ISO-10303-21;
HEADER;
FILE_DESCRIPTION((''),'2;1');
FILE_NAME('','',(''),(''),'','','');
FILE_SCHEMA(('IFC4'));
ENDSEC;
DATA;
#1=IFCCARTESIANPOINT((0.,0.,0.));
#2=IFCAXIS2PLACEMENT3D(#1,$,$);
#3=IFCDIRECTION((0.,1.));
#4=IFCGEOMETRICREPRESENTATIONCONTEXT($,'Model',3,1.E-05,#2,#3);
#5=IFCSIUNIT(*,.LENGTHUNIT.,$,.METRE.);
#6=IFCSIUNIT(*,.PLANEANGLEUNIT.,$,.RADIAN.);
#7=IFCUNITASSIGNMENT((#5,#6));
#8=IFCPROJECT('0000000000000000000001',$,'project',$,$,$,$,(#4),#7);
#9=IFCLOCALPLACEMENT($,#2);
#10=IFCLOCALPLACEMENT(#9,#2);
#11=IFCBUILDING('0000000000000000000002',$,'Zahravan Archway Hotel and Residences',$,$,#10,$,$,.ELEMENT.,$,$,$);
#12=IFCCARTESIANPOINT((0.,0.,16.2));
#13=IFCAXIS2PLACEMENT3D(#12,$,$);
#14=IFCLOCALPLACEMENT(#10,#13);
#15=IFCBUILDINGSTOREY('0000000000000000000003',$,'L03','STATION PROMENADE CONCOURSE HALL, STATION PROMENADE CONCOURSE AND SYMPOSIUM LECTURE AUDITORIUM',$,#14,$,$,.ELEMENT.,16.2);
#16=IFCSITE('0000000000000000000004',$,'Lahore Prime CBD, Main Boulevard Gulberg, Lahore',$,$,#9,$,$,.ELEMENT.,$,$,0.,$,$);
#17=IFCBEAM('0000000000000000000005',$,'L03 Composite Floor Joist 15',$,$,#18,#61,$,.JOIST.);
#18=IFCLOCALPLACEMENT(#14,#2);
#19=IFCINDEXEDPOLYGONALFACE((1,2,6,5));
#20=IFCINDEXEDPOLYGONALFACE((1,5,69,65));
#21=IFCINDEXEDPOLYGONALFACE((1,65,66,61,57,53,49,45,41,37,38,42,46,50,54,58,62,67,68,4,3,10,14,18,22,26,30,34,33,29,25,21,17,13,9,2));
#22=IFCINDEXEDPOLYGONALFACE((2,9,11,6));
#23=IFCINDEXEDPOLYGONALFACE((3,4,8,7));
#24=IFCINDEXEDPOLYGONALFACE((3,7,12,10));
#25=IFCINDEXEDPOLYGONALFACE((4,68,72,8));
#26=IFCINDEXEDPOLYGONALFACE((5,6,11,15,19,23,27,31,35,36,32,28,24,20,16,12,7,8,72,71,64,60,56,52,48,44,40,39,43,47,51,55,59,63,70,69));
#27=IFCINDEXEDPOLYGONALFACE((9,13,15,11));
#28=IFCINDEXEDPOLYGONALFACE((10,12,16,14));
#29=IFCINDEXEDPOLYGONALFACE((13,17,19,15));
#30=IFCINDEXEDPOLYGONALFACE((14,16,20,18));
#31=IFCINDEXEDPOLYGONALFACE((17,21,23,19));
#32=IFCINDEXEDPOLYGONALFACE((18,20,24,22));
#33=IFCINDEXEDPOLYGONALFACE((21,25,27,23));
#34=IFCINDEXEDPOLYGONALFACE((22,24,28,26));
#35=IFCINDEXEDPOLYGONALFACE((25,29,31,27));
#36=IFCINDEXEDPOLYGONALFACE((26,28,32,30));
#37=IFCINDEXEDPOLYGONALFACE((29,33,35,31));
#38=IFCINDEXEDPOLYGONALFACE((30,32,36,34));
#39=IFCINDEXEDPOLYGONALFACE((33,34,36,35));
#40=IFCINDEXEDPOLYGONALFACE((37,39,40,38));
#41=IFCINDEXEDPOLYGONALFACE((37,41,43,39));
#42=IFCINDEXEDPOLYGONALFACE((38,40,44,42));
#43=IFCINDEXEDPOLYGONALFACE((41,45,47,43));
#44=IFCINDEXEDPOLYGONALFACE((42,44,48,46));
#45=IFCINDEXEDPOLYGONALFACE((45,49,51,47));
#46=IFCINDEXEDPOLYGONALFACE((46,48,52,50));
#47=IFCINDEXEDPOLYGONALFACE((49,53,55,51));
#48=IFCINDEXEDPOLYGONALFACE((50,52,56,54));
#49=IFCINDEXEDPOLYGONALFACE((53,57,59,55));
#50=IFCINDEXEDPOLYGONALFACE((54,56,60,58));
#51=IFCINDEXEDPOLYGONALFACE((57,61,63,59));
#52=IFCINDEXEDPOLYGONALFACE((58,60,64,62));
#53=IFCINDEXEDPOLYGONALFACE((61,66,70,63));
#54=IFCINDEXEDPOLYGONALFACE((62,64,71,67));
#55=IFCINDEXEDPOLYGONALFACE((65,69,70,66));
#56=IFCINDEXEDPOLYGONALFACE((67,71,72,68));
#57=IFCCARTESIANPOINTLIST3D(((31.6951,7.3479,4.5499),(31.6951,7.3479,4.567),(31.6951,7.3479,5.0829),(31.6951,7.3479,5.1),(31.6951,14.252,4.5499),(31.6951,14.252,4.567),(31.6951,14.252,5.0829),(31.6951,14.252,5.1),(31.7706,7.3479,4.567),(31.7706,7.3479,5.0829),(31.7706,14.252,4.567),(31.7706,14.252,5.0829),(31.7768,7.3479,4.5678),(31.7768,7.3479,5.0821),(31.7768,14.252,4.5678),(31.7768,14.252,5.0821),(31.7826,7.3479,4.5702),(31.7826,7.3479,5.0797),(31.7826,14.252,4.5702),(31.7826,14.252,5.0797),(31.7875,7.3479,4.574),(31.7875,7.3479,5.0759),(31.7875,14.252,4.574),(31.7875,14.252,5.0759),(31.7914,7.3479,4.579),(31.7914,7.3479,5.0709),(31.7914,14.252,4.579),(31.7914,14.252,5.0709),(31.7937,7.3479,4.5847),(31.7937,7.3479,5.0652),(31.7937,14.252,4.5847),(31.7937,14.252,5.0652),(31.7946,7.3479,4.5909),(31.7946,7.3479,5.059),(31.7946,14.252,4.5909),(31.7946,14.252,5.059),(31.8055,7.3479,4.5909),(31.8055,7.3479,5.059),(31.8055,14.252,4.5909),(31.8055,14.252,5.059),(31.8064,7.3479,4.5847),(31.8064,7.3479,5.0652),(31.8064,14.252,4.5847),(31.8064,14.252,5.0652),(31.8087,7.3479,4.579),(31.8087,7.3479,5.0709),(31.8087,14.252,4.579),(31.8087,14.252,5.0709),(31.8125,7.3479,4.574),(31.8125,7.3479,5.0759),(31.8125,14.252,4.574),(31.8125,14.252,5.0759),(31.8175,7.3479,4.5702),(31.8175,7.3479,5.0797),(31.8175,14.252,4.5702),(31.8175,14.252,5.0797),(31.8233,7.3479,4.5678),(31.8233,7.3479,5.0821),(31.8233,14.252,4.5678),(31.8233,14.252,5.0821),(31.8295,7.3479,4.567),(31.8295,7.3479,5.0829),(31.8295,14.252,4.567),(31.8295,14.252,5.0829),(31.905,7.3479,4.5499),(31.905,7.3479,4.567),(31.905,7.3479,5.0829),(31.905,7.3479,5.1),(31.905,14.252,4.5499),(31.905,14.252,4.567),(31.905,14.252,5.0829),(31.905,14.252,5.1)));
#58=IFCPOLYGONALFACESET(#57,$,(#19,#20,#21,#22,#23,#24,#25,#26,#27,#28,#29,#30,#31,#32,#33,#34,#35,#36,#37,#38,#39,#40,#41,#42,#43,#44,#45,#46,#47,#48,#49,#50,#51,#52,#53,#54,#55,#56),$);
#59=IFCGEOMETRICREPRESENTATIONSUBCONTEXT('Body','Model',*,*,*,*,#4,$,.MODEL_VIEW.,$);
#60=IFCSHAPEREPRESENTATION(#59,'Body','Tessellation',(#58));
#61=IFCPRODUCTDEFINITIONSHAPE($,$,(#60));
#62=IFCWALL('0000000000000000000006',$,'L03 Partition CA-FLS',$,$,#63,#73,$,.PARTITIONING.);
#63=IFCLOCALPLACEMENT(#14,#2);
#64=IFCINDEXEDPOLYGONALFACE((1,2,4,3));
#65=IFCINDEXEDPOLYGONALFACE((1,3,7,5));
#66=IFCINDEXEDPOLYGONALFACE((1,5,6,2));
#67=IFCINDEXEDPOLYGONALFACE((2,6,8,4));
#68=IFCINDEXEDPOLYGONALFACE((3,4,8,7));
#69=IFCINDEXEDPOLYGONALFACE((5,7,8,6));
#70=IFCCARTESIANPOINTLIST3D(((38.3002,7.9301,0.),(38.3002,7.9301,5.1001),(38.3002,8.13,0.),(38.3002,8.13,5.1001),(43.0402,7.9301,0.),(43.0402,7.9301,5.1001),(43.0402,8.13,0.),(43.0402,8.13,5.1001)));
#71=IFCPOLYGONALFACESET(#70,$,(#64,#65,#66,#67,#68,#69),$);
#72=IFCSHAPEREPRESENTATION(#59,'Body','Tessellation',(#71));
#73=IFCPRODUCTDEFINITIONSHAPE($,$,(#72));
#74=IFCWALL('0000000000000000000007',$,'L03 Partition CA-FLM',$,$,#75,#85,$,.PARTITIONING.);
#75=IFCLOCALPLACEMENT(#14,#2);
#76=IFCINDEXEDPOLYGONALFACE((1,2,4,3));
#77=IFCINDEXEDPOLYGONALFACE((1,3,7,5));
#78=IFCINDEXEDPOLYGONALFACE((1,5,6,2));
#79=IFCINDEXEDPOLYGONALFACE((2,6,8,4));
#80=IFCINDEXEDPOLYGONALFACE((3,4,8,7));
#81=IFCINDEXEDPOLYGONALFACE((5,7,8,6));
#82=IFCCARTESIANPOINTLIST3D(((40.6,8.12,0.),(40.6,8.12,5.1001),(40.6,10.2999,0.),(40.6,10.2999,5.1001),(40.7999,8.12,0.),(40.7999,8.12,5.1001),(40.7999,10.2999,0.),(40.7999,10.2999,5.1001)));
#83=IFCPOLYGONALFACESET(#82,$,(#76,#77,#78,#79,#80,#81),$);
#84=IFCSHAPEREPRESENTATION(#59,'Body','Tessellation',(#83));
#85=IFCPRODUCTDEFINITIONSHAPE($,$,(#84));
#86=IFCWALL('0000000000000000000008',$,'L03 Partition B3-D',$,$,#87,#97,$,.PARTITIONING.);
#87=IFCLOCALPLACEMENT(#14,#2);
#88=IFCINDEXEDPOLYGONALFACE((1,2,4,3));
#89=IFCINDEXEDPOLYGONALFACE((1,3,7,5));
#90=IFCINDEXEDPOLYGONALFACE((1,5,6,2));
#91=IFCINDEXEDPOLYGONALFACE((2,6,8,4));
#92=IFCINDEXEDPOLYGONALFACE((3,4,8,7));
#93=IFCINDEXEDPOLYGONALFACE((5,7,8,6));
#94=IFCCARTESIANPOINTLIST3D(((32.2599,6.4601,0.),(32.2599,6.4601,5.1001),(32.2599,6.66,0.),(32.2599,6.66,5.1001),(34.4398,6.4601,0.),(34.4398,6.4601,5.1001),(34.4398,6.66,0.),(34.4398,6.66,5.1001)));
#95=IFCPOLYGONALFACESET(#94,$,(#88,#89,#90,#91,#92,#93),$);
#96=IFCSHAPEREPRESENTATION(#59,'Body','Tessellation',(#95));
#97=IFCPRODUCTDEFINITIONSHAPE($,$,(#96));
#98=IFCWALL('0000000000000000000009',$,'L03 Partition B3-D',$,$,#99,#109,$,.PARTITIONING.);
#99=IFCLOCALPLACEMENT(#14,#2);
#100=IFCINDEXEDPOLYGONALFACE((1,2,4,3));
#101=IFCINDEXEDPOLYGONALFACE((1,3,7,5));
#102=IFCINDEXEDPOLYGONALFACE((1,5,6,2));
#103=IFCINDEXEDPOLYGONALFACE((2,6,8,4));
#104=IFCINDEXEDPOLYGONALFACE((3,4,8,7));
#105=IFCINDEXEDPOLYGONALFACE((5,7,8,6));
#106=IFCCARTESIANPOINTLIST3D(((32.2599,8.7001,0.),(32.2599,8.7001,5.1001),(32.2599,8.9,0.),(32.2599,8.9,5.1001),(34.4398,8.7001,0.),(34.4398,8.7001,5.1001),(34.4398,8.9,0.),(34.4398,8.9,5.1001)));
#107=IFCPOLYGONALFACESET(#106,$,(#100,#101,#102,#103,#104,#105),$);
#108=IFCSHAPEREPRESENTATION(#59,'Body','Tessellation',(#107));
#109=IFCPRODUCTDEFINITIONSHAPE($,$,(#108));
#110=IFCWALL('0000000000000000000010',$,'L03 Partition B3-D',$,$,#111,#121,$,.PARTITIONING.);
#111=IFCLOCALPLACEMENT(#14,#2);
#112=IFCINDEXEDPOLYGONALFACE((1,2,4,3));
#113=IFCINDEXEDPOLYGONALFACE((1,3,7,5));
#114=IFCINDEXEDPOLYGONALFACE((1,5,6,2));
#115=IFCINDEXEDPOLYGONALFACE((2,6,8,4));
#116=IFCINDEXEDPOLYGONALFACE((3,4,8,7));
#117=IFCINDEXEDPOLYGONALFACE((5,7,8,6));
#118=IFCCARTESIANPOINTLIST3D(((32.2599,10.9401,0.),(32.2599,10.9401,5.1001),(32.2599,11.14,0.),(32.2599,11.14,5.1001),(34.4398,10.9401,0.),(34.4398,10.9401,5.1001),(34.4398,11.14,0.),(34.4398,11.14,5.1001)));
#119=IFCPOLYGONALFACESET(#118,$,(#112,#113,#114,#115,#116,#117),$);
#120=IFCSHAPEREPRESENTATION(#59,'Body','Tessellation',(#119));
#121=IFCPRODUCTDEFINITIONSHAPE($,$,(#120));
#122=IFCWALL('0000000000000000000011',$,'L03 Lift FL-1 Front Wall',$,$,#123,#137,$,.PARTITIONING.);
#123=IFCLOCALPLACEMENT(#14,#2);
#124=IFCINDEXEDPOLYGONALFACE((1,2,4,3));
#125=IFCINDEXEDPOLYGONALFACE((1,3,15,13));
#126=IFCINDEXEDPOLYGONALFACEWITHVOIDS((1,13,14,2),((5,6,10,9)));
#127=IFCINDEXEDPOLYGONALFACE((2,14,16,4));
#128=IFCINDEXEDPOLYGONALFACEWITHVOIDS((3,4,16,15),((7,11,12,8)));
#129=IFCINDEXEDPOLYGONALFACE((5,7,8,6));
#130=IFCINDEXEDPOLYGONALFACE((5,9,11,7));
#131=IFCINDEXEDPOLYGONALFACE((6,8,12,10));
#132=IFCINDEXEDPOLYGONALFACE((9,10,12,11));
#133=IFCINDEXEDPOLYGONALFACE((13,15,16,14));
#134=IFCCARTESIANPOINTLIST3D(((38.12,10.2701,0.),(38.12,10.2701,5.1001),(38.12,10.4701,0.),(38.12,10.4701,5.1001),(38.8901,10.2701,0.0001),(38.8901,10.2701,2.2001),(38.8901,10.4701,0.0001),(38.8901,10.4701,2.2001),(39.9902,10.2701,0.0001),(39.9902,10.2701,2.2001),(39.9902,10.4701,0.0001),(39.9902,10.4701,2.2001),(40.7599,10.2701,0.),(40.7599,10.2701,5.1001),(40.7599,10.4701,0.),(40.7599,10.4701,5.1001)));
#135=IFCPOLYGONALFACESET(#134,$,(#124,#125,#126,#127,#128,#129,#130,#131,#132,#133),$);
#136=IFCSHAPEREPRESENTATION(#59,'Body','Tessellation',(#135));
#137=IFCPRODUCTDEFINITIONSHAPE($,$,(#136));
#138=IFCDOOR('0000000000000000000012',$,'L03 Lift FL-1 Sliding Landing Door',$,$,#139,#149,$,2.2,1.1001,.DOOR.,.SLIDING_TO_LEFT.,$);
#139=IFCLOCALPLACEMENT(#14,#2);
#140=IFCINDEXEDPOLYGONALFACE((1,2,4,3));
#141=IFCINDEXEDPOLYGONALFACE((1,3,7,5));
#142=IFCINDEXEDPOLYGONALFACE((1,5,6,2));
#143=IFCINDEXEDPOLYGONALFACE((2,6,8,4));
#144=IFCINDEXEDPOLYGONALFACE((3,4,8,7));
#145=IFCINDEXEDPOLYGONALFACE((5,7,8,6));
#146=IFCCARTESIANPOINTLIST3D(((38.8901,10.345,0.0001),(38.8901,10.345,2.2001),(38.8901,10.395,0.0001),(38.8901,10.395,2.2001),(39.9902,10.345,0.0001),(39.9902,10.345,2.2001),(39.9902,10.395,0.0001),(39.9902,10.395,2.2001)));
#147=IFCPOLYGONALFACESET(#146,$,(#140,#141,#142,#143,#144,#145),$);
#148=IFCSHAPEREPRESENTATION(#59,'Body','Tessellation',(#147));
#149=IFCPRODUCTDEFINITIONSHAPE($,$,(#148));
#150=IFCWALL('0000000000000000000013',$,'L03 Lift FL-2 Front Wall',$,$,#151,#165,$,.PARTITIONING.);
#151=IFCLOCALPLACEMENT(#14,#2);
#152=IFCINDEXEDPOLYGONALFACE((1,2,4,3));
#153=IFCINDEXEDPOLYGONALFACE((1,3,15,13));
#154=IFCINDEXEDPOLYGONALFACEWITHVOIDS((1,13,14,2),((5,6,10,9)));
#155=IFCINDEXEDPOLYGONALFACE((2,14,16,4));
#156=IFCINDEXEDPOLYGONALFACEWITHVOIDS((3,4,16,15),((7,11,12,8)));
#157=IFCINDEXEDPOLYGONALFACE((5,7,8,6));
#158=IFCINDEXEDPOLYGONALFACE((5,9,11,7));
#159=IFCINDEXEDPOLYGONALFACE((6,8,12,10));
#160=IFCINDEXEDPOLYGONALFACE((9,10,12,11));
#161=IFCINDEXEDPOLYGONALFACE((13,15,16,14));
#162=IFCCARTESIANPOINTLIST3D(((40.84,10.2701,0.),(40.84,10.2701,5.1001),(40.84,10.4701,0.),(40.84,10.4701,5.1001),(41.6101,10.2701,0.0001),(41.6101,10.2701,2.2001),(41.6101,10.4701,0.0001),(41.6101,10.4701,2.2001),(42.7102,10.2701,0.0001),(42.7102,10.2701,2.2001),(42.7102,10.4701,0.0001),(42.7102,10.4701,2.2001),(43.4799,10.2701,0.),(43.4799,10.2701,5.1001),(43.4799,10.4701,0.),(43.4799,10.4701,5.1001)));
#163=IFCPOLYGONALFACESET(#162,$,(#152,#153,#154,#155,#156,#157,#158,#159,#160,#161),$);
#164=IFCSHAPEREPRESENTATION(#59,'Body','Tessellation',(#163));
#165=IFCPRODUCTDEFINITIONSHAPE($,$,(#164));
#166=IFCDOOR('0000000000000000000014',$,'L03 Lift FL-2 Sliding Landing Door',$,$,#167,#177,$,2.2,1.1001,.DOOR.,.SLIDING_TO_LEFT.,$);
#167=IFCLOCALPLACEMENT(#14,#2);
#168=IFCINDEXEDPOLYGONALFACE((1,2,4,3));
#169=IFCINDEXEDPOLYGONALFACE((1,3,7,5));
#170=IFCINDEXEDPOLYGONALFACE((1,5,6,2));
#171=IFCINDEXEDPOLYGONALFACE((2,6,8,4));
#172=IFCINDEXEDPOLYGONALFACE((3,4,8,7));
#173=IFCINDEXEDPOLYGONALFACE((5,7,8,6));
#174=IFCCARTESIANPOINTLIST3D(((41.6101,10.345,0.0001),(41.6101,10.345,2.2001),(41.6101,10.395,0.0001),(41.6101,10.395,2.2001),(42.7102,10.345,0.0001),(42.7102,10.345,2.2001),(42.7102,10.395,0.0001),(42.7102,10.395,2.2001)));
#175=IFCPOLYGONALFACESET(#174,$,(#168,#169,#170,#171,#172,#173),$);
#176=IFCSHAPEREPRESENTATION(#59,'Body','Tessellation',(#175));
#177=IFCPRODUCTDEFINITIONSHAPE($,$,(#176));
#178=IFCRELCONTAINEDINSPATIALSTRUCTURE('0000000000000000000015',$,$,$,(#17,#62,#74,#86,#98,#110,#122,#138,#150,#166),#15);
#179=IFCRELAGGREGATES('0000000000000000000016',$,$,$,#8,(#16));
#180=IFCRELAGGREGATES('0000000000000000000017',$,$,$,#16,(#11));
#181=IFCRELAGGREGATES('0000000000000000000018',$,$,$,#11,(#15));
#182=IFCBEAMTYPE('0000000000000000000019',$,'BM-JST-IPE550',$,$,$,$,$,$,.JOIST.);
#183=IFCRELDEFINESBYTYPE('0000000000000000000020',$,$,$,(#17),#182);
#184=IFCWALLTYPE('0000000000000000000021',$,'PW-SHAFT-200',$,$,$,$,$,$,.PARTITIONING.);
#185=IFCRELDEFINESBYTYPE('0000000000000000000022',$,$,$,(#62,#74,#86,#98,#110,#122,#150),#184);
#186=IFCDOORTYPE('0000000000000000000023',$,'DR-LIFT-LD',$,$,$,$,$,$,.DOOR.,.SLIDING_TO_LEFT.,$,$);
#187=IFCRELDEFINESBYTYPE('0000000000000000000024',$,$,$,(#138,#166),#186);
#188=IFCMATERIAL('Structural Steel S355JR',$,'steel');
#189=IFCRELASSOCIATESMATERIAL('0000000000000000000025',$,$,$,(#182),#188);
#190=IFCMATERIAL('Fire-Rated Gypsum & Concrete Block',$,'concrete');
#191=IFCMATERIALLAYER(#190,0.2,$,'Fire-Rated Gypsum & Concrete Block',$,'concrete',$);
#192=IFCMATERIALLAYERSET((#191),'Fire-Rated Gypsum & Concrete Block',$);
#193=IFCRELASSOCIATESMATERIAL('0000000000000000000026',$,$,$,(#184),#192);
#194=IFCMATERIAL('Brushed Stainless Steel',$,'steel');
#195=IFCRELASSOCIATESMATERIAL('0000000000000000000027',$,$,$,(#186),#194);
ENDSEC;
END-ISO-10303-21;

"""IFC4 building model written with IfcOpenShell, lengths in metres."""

from ifc_helpers import new_model, si_unit, direction, frame, frame_2d, origin, origin_2d, place, context, subcontext, project, spatial, rectangle, i_section, extrude, source, transform, mapped, material, layer, layer_set, material_profile, profile_set, type_object, type_shapes, element, fill, save


model = new_model("IFC4")

# Units and contexts
model_context = context("Model", 3, precision=1e-05, world=origin(), true_north=direction((0.0, 1.0)))
body_context = subcontext(model_context, "Body", "Model", "MODEL_VIEW")
ifc_project = project(units=[si_unit("LENGTHUNIT", "METRE"), si_unit("PLANEANGLEUNIT", "RADIAN")], contexts=[model_context])

# Site, building, storey
site_placement = place(None, origin())
site = spatial("IfcSite", under=ifc_project, at=site_placement, Name="Lahore Prime CBD, Main Boulevard Gulberg, Lahore", CompositionType="ELEMENT", RefElevation=0.0)
building_placement = place(site_placement, origin())
building = spatial("IfcBuilding", under=site, at=building_placement, Name="Zahravan Archway Hotel and Residences", CompositionType="ELEMENT")
storey_placement = place(building_placement, frame((0.0, 0.0, 16.2)))
storey = spatial("IfcBuildingStorey", under=building, at=storey_placement, Name="L03", Description="STATION PROMENADE CONCOURSE HALL, STATION PROMENADE CONCOURSE AND SYMPOSIUM LECTURE AUDITORIUM", CompositionType="ELEMENT", Elevation=16.2)

# Beam
ifc_material_1 = material(Name="Structural Steel S355JR", Category="steel")
ifc_material_profile = material_profile(ifc_material_1, i_section(OverallWidth=0.21, OverallDepth=0.55, WebThickness=0.011, FlangeThickness=0.0171, FilletRadius=0.0239, at=origin_2d()), Name="IPE 550", Category="steel")
ifc_profile_set = profile_set([ifc_material_profile], Name="Structural Steel S355JR")
beam_type = type_object("IfcBeamType", Name="BM-JST-IPE550", PredefinedType="JOIST", material=ifc_profile_set)
shared_shape_1 = source(origin(), body_context, "Body", "SweptSolid", [
    extrude(i_section(OverallWidth=0.21, OverallDepth=0.55, WebThickness=0.011, FlangeThickness=0.0171, FilletRadius=0.0239, at=origin_2d()), origin(), (0.0, 0.0, 1.0), 6.9041),
])
type_shapes(beam_type, [shared_shape_1])
beam_placement = place(storey_placement, frame((31.8, 7.3479, 4.825), z_axis=(0.0, 1.0, 0.0), x_axis=(-1.0, 0.0, 0.0)))
element("IfcBeam", 1, at=beam_placement, inside=storey, type_object=beam_type, Name="L03 Composite Floor Joist 15", PredefinedType="JOIST", context=body_context, shape_type="MappedRepresentation", body=[
    mapped(shared_shape_1, transform((0.0, 0.0, 0.0), scale=1.0)),
])

# Walls
ifc_material_2 = material(Name="Fire-Rated Gypsum & Concrete Block", Category="concrete")
ifc_layer_1 = layer(ifc_material_2, 0.2, Name="Fire-Rated Gypsum & Concrete Block", Category="concrete")
ifc_layer_set_1 = layer_set([ifc_layer_1], Name="Fire-Rated Gypsum & Concrete Block")
wall_type_1 = type_object("IfcWallType", Name="PW-SHAFT-200", PredefinedType="PARTITIONING", material=ifc_layer_set_1)
wall_1_placement = place(storey_placement, frame((38.3, 8.03, 0.0), z_axis=(0.0, 0.0, 1.0), x_axis=(1.0, 0.0, 0.0)))
element("IfcWall", 2, at=wall_1_placement, inside=storey, type_object=wall_type_1, Name="L03 Partition CA-FLS", PredefinedType="PARTITIONING", context=body_context, shape_type="SweptSolid", body=[
    extrude(rectangle(XDim=4.74, YDim=0.2, at=frame_2d((2.3701, 0.0))), origin(), (0.0, 0.0, 1.0), 5.1001),
])
for number, where, z_axis, x_axis, name in (
    (3, (40.7, 8.1201, 0.0), (0.0, 0.0, 1.0), (0.0, 1.0, 0.0), "L03 Partition CA-FLM"),
    (4, (32.26, 6.5601, 0.0), (0.0, 0.0, 1.0), (1.0, 0.0, 0.0), "L03 Partition B3-D"),
    (5, (32.26, 8.8, 0.0), (0.0, 0.0, 1.0), (1.0, 0.0, 0.0), "L03 Partition B3-D"),
    (6, (32.26, 11.04, 0.0), (0.0, 0.0, 1.0), (1.0, 0.0, 0.0), "L03 Partition B3-D"),
):
    element("IfcWall", number, at=place(storey_placement, frame(where, z_axis=z_axis, x_axis=x_axis)), inside=storey, type_object=wall_type_1, Name=name, PredefinedType="PARTITIONING", context=body_context, shape_type="SweptSolid", body=[
        extrude(rectangle(XDim=2.1799, YDim=0.2, at=frame_2d((1.0898, 0.0))), origin(), (0.0, 0.0, 1.0), 5.1001),
    ])

# Walls, openings, doors
wall_2_placement = place(storey_placement, frame((38.1201, 10.3701, 0.0), z_axis=(0.0, 0.0, 1.0), x_axis=(1.0, 0.0, 0.0)))
wall_2 = element("IfcWall", 7, at=wall_2_placement, inside=storey, type_object=wall_type_1, Name="L03 Lift FL-1 Front Wall", PredefinedType="PARTITIONING", context=body_context, shape_type="SweptSolid", body=[
    extrude(rectangle(XDim=2.6399, YDim=0.2, at=frame_2d((1.3198, 0.0))), origin(), (0.0, 0.0, 1.0), 5.1001),
])
opening_1_placement = place(wall_2_placement, frame((0.77, 0.0, 0.0)))
opening_1 = element("IfcOpeningElement", 8, at=opening_1_placement, cuts=wall_2, PredefinedType="OPENING", context=body_context, shape_type="SweptSolid", body=[
    extrude(rectangle(XDim=1.1001, YDim=2.2, at=frame_2d((0.55, 1.1001))), frame((0.0, 0.1099, 0.0), z_axis=(0.0, -1.0, 0.0), x_axis=(1.0, 0.0, 0.0)), (0.0, 0.0, 1.0), 0.22),
])
ifc_material_3 = material(Name="Brushed Stainless Steel", Category="steel")
door_type_1 = type_object("IfcDoorType", Name="DR-LIFT-LD", OperationType="SLIDING_TO_LEFT", PredefinedType="DOOR", material=ifc_material_3)
shared_shape_2 = source(origin(), body_context, "Body", "SweptSolid", [
    extrude(rectangle(XDim=1.1001, YDim=2.2, at=frame_2d((0.55, 1.1001))), frame((0.0, 0.0249, 0.0), z_axis=(0.0, -1.0, 0.0), x_axis=(1.0, 0.0, 0.0)), (0.0, 0.0, 1.0), 0.05),
])
type_shapes(door_type_1, [shared_shape_2])
door_1_placement = place(opening_1_placement, origin())
door_1 = element("IfcDoor", 9, at=door_1_placement, inside=storey, type_object=door_type_1, Name="L03 Lift FL-1 Sliding Landing Door", OperationType="SLIDING_TO_LEFT", OverallHeight=2.2, OverallWidth=1.1001, PredefinedType="DOOR", context=body_context, shape_type="MappedRepresentation", body=[
    mapped(shared_shape_2, transform((0.0, 0.0, 0.0), scale=1.0)),
])
fill(opening_1, door_1)
wall_3_placement = place(storey_placement, frame((40.8401, 10.3701, 0.0), z_axis=(0.0, 0.0, 1.0), x_axis=(1.0, 0.0, 0.0)))
wall_3 = element("IfcWall", 10, at=wall_3_placement, inside=storey, type_object=wall_type_1, Name="L03 Lift FL-2 Front Wall", PredefinedType="PARTITIONING", context=body_context, shape_type="SweptSolid", body=[
    extrude(rectangle(XDim=2.6399, YDim=0.2, at=frame_2d((1.3198, 0.0))), origin(), (0.0, 0.0, 1.0), 5.1001),
])
opening_2_placement = place(wall_3_placement, frame((0.77, 0.0, 0.0)))
opening_2 = element("IfcOpeningElement", 11, at=opening_2_placement, cuts=wall_3, PredefinedType="OPENING", context=body_context, shape_type="SweptSolid", body=[
    extrude(rectangle(XDim=1.1001, YDim=2.2, at=frame_2d((0.55, 1.1001))), frame((0.0, 0.1099, 0.0), z_axis=(0.0, -1.0, 0.0), x_axis=(1.0, 0.0, 0.0)), (0.0, 0.0, 1.0), 0.22),
])
door_2_placement = place(opening_2_placement, origin())
door_2 = element("IfcDoor", 12, at=door_2_placement, inside=storey, type_object=door_type_1, Name="L03 Lift FL-2 Sliding Landing Door", OperationType="SLIDING_TO_LEFT", OverallHeight=2.2, OverallWidth=1.1001, PredefinedType="DOOR", context=body_context, shape_type="MappedRepresentation", body=[
    mapped(shared_shape_2, transform((0.0, 0.0, 0.0), scale=1.0)),
])
fill(opening_2, door_2)

save(model, "model.ifc")
